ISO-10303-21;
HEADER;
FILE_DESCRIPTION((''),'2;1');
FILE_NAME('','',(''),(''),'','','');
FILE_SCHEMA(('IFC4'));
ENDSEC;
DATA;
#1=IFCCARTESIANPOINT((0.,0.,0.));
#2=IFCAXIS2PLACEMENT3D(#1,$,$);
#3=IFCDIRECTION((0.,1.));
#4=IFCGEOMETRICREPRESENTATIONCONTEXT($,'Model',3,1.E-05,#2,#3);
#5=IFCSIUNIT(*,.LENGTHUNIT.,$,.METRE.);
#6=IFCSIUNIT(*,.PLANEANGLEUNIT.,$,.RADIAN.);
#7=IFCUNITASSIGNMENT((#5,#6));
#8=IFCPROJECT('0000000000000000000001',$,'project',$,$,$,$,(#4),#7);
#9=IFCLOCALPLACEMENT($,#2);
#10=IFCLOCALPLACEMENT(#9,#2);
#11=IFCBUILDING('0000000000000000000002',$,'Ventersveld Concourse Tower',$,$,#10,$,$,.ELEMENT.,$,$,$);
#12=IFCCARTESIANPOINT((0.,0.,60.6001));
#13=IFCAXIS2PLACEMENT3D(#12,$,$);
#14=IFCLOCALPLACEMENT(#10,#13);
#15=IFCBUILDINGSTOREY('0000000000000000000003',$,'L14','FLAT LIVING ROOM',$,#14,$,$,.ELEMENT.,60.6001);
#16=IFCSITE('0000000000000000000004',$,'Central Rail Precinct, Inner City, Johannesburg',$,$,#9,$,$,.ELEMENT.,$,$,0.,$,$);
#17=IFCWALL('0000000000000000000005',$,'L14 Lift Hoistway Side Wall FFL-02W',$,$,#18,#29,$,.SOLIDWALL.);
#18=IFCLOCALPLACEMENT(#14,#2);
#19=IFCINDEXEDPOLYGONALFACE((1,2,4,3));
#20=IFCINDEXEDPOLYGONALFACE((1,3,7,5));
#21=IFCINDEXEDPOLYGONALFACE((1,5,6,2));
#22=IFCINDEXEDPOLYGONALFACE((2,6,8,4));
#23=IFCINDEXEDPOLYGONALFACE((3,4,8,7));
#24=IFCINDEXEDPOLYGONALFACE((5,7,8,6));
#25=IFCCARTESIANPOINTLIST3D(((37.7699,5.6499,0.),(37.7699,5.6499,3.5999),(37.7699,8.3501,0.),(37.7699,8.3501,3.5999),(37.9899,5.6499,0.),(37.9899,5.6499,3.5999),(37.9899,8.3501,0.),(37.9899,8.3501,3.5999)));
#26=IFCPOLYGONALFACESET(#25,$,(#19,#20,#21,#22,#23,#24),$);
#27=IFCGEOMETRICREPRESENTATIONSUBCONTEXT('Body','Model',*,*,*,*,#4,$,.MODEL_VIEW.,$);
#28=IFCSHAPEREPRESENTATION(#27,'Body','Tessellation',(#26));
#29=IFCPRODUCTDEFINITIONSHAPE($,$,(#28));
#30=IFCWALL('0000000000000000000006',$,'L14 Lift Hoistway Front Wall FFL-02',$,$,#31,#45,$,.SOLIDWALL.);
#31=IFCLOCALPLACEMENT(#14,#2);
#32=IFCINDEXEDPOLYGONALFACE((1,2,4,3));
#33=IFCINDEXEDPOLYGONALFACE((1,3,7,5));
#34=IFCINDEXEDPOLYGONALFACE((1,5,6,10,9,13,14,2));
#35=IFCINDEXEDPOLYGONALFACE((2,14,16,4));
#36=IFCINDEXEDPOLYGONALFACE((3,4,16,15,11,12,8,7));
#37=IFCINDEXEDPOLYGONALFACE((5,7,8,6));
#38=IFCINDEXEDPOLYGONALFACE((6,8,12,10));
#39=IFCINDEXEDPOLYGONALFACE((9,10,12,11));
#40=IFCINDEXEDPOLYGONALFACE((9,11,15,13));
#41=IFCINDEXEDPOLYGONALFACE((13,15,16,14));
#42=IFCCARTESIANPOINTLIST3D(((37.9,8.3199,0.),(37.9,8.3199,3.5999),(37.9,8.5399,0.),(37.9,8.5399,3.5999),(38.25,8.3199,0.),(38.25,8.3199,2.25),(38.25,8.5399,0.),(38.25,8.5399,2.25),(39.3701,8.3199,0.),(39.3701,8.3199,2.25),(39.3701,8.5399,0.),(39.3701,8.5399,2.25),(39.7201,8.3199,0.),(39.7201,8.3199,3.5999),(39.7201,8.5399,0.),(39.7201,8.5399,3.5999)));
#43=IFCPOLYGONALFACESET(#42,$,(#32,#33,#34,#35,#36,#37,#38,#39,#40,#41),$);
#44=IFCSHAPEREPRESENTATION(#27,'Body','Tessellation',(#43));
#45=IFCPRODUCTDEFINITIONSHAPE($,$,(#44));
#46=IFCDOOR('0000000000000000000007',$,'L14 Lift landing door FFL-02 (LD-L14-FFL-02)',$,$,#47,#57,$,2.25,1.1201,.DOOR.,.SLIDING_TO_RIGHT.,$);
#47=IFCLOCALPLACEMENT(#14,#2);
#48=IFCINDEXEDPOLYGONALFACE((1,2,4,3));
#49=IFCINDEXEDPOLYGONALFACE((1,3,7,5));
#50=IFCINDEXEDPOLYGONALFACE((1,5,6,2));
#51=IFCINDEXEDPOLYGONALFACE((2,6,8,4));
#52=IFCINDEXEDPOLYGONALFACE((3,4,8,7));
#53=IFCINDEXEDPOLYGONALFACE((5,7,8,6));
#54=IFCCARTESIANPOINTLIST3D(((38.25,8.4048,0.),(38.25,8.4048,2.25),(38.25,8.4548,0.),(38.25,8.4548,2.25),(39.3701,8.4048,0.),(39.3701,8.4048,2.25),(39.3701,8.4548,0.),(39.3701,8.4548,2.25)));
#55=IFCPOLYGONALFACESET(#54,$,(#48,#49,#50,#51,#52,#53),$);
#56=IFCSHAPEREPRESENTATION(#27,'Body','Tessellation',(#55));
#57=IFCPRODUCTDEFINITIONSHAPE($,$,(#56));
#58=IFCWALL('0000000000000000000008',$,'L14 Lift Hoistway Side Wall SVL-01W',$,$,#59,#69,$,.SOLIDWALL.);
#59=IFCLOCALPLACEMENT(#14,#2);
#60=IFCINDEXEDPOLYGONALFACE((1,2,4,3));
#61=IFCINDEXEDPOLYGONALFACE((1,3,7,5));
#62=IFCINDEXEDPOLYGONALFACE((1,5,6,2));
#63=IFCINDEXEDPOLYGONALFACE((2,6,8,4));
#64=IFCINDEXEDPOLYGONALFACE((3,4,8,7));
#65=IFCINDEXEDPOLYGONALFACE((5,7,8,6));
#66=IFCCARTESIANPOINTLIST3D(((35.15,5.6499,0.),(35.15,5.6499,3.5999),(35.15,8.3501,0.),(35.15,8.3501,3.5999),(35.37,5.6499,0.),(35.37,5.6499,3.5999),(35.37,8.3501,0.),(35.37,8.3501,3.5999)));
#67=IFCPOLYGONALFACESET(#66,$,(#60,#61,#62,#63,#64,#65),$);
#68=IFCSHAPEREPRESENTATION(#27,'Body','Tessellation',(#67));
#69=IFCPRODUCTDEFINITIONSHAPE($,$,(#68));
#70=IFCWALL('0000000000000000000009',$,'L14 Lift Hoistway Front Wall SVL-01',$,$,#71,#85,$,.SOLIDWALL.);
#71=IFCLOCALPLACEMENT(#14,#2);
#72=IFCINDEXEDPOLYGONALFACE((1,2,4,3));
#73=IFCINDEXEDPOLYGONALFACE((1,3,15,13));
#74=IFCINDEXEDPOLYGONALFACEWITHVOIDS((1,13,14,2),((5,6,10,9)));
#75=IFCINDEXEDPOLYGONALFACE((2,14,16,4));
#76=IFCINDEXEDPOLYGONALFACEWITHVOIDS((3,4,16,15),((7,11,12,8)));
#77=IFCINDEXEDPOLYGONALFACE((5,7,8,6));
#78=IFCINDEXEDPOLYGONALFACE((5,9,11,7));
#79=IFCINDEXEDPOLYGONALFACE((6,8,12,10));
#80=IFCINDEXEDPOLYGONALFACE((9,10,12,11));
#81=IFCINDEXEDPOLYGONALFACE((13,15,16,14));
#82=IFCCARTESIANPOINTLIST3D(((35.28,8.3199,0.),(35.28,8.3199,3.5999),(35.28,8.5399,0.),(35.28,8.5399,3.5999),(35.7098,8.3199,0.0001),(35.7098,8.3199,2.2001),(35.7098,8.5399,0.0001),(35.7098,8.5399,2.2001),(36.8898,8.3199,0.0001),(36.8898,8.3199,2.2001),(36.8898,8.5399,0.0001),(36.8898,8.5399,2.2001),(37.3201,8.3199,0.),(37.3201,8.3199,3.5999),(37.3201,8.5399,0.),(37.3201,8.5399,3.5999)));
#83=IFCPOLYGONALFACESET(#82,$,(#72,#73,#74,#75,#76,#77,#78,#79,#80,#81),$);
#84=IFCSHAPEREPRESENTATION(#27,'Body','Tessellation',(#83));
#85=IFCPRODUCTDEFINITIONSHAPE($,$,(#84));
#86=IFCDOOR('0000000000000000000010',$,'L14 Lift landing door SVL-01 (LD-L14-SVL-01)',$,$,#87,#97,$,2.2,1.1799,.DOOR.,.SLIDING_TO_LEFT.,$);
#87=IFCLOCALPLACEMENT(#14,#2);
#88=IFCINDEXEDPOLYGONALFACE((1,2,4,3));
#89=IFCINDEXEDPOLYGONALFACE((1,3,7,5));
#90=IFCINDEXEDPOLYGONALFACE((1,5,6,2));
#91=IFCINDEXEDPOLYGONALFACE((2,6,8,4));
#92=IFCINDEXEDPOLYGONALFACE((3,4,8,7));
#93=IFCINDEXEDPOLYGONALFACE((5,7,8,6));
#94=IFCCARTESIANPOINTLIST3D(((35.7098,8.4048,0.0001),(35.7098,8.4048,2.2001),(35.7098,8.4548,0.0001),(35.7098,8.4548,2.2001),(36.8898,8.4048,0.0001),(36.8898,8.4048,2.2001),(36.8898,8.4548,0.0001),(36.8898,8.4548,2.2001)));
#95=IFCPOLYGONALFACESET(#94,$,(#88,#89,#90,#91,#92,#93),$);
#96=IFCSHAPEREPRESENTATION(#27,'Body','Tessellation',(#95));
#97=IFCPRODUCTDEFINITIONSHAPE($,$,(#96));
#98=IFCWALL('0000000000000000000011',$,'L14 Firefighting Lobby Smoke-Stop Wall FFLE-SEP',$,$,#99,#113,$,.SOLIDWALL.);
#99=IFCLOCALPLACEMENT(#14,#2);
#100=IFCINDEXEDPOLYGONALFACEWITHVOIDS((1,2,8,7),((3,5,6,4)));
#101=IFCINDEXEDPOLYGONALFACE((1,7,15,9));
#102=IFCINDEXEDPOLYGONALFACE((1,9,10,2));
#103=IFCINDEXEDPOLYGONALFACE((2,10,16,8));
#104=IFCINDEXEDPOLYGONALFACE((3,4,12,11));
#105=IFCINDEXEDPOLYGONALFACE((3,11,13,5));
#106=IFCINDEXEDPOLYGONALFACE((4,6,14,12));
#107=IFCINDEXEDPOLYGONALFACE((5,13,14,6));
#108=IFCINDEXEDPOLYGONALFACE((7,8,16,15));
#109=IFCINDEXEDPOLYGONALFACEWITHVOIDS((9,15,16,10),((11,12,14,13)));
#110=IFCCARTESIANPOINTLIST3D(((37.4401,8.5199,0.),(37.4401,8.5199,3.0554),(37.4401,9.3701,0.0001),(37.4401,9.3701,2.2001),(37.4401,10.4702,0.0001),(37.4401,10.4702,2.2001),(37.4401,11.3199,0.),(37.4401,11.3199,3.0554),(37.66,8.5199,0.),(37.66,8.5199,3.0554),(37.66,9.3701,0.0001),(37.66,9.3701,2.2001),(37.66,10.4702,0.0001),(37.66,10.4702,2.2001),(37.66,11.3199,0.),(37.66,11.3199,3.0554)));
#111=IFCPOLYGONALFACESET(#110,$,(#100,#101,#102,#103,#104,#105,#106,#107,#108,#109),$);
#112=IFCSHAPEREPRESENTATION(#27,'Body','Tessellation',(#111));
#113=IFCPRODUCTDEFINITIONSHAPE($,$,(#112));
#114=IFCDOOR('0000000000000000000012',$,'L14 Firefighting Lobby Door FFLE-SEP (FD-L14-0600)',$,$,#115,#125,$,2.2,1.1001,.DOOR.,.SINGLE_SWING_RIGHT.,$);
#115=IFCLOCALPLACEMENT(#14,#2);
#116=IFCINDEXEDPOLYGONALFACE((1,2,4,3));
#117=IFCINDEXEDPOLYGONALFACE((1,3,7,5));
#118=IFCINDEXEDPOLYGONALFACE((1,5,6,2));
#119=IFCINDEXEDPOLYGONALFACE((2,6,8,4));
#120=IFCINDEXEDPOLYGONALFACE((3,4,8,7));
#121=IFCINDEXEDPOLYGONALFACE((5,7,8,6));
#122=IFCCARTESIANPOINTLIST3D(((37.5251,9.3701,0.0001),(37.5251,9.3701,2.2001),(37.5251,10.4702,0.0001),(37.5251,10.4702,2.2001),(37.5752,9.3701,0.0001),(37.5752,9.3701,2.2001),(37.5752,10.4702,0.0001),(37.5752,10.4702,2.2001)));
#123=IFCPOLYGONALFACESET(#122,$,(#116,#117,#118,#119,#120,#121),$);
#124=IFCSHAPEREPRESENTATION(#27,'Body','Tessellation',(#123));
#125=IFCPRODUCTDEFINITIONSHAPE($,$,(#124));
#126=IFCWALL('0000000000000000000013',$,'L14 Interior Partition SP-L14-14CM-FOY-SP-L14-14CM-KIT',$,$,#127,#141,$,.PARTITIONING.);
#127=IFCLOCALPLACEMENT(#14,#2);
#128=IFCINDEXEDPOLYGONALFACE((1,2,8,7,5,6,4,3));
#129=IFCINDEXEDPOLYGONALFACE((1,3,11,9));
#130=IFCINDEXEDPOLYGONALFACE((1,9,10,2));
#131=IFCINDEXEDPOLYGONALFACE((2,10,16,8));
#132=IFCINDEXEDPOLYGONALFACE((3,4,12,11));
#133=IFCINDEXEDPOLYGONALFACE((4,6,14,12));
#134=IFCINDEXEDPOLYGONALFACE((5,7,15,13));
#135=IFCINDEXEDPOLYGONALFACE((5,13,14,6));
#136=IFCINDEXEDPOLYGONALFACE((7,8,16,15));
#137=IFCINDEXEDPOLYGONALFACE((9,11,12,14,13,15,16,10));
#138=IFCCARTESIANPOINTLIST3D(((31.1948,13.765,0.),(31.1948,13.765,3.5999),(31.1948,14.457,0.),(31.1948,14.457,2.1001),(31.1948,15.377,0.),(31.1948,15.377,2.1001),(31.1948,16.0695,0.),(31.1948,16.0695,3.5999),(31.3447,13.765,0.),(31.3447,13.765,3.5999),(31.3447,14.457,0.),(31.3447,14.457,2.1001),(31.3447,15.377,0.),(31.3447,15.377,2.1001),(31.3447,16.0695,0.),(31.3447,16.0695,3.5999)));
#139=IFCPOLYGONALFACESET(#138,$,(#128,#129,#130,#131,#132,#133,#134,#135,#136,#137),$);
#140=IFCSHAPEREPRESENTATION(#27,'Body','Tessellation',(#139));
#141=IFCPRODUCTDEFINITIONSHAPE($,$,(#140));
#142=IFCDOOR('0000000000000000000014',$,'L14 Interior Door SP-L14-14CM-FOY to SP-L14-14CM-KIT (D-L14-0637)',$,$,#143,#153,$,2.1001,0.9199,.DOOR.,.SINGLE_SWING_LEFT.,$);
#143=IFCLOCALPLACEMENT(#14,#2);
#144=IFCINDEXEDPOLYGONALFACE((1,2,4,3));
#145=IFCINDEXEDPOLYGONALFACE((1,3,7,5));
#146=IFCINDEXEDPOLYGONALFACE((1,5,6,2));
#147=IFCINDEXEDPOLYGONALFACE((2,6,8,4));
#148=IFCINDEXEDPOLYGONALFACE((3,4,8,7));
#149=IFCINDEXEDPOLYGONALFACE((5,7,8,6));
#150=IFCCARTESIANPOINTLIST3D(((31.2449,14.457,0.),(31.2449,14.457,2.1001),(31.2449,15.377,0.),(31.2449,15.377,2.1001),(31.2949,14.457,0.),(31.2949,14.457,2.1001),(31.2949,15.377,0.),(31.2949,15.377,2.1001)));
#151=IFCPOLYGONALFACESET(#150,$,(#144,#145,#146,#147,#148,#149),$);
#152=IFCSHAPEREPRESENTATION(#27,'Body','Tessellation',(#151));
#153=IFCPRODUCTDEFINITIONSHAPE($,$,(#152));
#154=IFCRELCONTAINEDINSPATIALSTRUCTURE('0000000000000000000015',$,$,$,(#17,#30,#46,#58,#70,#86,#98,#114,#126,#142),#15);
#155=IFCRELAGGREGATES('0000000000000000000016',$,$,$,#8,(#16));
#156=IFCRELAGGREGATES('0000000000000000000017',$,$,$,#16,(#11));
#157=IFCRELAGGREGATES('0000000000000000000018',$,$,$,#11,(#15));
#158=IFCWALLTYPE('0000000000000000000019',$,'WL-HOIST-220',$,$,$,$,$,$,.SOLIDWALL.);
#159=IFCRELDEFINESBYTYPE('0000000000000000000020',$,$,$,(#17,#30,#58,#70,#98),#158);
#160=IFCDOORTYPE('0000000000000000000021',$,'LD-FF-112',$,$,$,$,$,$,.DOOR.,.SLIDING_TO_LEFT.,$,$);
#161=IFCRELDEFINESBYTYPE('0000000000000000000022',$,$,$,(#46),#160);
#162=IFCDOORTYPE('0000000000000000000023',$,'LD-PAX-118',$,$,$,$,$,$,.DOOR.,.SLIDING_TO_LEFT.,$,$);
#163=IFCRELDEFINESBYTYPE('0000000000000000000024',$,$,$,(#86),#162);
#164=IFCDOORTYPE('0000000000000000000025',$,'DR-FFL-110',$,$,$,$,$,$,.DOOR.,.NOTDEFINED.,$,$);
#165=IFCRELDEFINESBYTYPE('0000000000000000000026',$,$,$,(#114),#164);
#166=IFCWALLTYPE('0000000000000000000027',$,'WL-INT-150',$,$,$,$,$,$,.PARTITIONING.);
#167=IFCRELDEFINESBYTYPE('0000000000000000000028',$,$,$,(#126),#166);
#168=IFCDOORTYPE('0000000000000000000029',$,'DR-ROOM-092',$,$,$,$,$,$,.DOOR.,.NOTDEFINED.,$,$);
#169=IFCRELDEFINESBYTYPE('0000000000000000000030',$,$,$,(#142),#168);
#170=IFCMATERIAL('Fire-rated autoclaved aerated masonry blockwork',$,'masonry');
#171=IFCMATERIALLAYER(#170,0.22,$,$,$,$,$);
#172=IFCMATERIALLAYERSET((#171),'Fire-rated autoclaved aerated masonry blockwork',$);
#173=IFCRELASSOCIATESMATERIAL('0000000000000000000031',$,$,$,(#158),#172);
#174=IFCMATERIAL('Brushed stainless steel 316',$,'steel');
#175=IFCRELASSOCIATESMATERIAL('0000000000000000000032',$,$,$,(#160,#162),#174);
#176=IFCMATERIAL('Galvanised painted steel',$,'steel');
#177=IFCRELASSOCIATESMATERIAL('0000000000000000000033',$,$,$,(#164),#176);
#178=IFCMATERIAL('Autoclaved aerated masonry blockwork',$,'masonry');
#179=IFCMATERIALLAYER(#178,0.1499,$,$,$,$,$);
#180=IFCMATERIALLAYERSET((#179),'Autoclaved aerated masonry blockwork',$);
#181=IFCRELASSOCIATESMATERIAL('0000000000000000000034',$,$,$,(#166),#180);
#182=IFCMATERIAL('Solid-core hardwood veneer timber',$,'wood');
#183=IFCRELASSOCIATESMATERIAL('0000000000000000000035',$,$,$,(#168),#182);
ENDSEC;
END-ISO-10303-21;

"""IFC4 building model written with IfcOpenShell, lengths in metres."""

from ifc_helpers import new_model, si_unit, direction, frame, frame_2d, origin, place, context, subcontext, project, spatial, rectangle, extrude, material, layer, layer_set, type_object, element, fill, save


model = new_model("IFC4")

# Units and contexts
model_context = context("Model", 3, precision=1e-05, world=origin(), true_north=direction((0.0, 1.0)))
body_context = subcontext(model_context, "Body", "Model", "MODEL_VIEW")
ifc_project = project(units=[si_unit("LENGTHUNIT", "METRE"), si_unit("PLANEANGLEUNIT", "RADIAN")], contexts=[model_context])

# Site, building, storey
site_placement = place(None, origin())
site = spatial("IfcSite", under=ifc_project, at=site_placement, Name="Central Rail Precinct, Inner City, Johannesburg", CompositionType="ELEMENT", RefElevation=0.0)
building_placement = place(site_placement, origin())
building = spatial("IfcBuilding", under=site, at=building_placement, Name="Ventersveld Concourse Tower", CompositionType="ELEMENT")
storey_placement = place(building_placement, frame((0.0, 0.0, 60.6001)))
storey = spatial("IfcBuildingStorey", under=building, at=storey_placement, Name="L14", Description="FLAT LIVING ROOM", CompositionType="ELEMENT", Elevation=60.6001)

# Wall
ifc_material_1 = material(Name="Fire-rated autoclaved aerated masonry blockwork", Category="masonry")
ifc_layer_1 = layer(ifc_material_1, 0.22)
ifc_layer_set_1 = layer_set([ifc_layer_1], Name="Fire-rated autoclaved aerated masonry blockwork")
wall_type_1 = type_object("IfcWallType", Name="WL-HOIST-220", PredefinedType="SOLIDWALL", material=ifc_layer_set_1)
wall_1_placement = place(storey_placement, frame((37.8799, 5.6499, 0.0), z_axis=(0.0, 0.0, 1.0), x_axis=(0.0, 1.0, 0.0)))
element("IfcWall", 1, at=wall_1_placement, inside=storey, type_object=wall_type_1, Name="L14 Lift Hoistway Side Wall FFL-02W", PredefinedType="SOLIDWALL", context=body_context, shape_type="SweptSolid", body=[
    extrude(rectangle(XDim=2.7002, YDim=0.22, at=frame_2d((1.3501, 0.0))), origin(), (0.0, 0.0, 1.0), 3.5999),
])

# Wall, opening, door
wall_2_placement = place(storey_placement, frame((37.8999, 8.4299, 0.0), z_axis=(0.0, 0.0, 1.0), x_axis=(1.0, 0.0, 0.0)))
wall_2 = element("IfcWall", 2, at=wall_2_placement, inside=storey, type_object=wall_type_1, Name="L14 Lift Hoistway Front Wall FFL-02", PredefinedType="SOLIDWALL", context=body_context, shape_type="SweptSolid", body=[
    extrude(rectangle(XDim=1.8201, YDim=0.22, at=frame_2d((0.9102, 0.0))), origin(), (0.0, 0.0, 1.0), 3.5999),
])
opening_1_placement = place(wall_2_placement, frame((0.3501, 0.0, 0.0)))
opening_1 = element("IfcOpeningElement", 3, at=opening_1_placement, cuts=wall_2, PredefinedType="OPENING", context=body_context, shape_type="SweptSolid", body=[
    extrude(rectangle(XDim=1.1201, YDim=2.25, at=frame_2d((0.5601, 1.125))), frame((0.0, 0.1201, 0.0), z_axis=(0.0, -1.0, 0.0), x_axis=(1.0, 0.0, 0.0)), (0.0, 0.0, 1.0), 0.24),
])
ifc_material_2 = material(Name="Brushed stainless steel 316", Category="steel")
door_type_1 = type_object("IfcDoorType", Name="LD-FF-112", OperationType="SLIDING_TO_LEFT", PredefinedType="DOOR", material=ifc_material_2)
door_1_placement = place(opening_1_placement, origin())
door_1 = element("IfcDoor", 4, at=door_1_placement, inside=storey, type_object=door_type_1, Name="L14 Lift landing door FFL-02 (LD-L14-FFL-02)", OperationType="SLIDING_TO_RIGHT", OverallHeight=2.25, OverallWidth=1.1201, PredefinedType="DOOR", context=body_context, shape_type="SweptSolid", body=[
    extrude(rectangle(XDim=1.1201, YDim=2.25, at=frame_2d((0.5601, 1.125))), frame((0.0, 0.0249, 0.0), z_axis=(0.0, -1.0, 0.0), x_axis=(1.0, 0.0, 0.0)), (0.0, 0.0, 1.0), 0.05),
])
fill(opening_1, door_1)

# Wall
wall_3_placement = place(storey_placement, frame((35.26, 5.6499, 0.0), z_axis=(0.0, 0.0, 1.0), x_axis=(0.0, 1.0, 0.0)))
element("IfcWall", 5, at=wall_3_placement, inside=storey, type_object=wall_type_1, Name="L14 Lift Hoistway Side Wall SVL-01W", PredefinedType="SOLIDWALL", context=body_context, shape_type="SweptSolid", body=[
    extrude(rectangle(XDim=2.7002, YDim=0.22, at=frame_2d((1.3501, 0.0))), origin(), (0.0, 0.0, 1.0), 3.5999),
])

# Walls, openings, doors
wall_4_placement = place(storey_placement, frame((35.28, 8.4299, 0.0), z_axis=(0.0, 0.0, 1.0), x_axis=(1.0, 0.0, 0.0)))
wall_4 = element("IfcWall", 6, at=wall_4_placement, inside=storey, type_object=wall_type_1, Name="L14 Lift Hoistway Front Wall SVL-01", PredefinedType="SOLIDWALL", context=body_context, shape_type="SweptSolid", body=[
    extrude(rectangle(XDim=2.04, YDim=0.22, at=frame_2d((1.02, 0.0))), origin(), (0.0, 0.0, 1.0), 3.5999),
])
opening_2_placement = place(wall_4_placement, frame((0.4299, 0.0, 0.0)))
opening_2 = element("IfcOpeningElement", 7, at=opening_2_placement, cuts=wall_4, PredefinedType="OPENING", context=body_context, shape_type="SweptSolid", body=[
    extrude(rectangle(XDim=1.1799, YDim=2.2, at=frame_2d((0.5898, 1.1001))), frame((0.0, 0.1201, 0.0), z_axis=(0.0, -1.0, 0.0), x_axis=(1.0, 0.0, 0.0)), (0.0, 0.0, 1.0), 0.24),
])
door_type_2 = type_object("IfcDoorType", Name="LD-PAX-118", OperationType="SLIDING_TO_LEFT", PredefinedType="DOOR", material=ifc_material_2)
door_2_placement = place(opening_2_placement, origin())
door_2 = element("IfcDoor", 8, at=door_2_placement, inside=storey, type_object=door_type_2, Name="L14 Lift landing door SVL-01 (LD-L14-SVL-01)", OperationType="SLIDING_TO_LEFT", OverallHeight=2.2, OverallWidth=1.1799, PredefinedType="DOOR", context=body_context, shape_type="SweptSolid", body=[
    extrude(rectangle(XDim=1.1799, YDim=2.2, at=frame_2d((0.5898, 1.1001))), frame((0.0, 0.0249, 0.0), z_axis=(0.0, -1.0, 0.0), x_axis=(1.0, 0.0, 0.0)), (0.0, 0.0, 1.0), 0.05),
])
fill(opening_2, door_2)
wall_5_placement = place(storey_placement, frame((37.55, 8.52, 0.0), z_axis=(0.0, 0.0, 1.0), x_axis=(0.0, 1.0, 0.0)))
wall_5 = element("IfcWall", 9, at=wall_5_placement, inside=storey, type_object=wall_type_1, Name="L14 Firefighting Lobby Smoke-Stop Wall FFLE-SEP", PredefinedType="SOLIDWALL", context=body_context, shape_type="SweptSolid", body=[
    extrude(rectangle(XDim=2.8, YDim=0.22, at=frame_2d((1.3999, 0.0))), origin(), (0.0, 0.0, 1.0), 3.0554),
])
opening_3_placement = place(wall_5_placement, frame((0.8501, 0.0, 0.0)))
opening_3 = element("IfcOpeningElement", 10, at=opening_3_placement, cuts=wall_5, PredefinedType="OPENING", context=body_context, shape_type="SweptSolid", body=[
    extrude(rectangle(XDim=1.1001, YDim=2.2, at=frame_2d((0.55, 1.1001))), frame((0.0, 0.1201, 0.0), z_axis=(0.0, -1.0, 0.0), x_axis=(1.0, 0.0, 0.0)), (0.0, 0.0, 1.0), 0.24),
])
ifc_material_3 = material(Name="Galvanised painted steel", Category="steel")
door_type_3 = type_object("IfcDoorType", Name="DR-FFL-110", OperationType="NOTDEFINED", PredefinedType="DOOR", material=ifc_material_3)
door_3_placement = place(opening_3_placement, origin())
door_3 = element("IfcDoor", 11, at=door_3_placement, inside=storey, type_object=door_type_3, Name="L14 Firefighting Lobby Door FFLE-SEP (FD-L14-0600)", OperationType="SINGLE_SWING_RIGHT", OverallHeight=2.2, OverallWidth=1.1001, PredefinedType="DOOR", context=body_context, shape_type="SweptSolid", body=[
    extrude(rectangle(XDim=1.1001, YDim=2.2, at=frame_2d((0.55, 1.1001))), frame((0.0, 0.0249, 0.0), z_axis=(0.0, -1.0, 0.0), x_axis=(1.0, 0.0, 0.0)), (0.0, 0.0, 1.0), 0.05),
])
fill(opening_3, door_3)
ifc_material_4 = material(Name="Autoclaved aerated masonry blockwork", Category="masonry")
ifc_layer_2 = layer(ifc_material_4, 0.1499)
ifc_layer_set_2 = layer_set([ifc_layer_2], Name="Autoclaved aerated masonry blockwork")
wall_type_2 = type_object("IfcWallType", Name="WL-INT-150", PredefinedType="PARTITIONING", material=ifc_layer_set_2)
wall_6_placement = place(storey_placement, frame((31.2698, 13.7649, 0.0), z_axis=(0.0, 0.0, 1.0), x_axis=(0.0, 1.0, 0.0)))
wall_6 = element("IfcWall", 12, at=wall_6_placement, inside=storey, type_object=wall_type_2, Name="L14 Interior Partition SP-L14-14CM-FOY-SP-L14-14CM-KIT", PredefinedType="PARTITIONING", context=body_context, shape_type="SweptSolid", body=[
    extrude(rectangle(XDim=2.3044, YDim=0.1499, at=frame_2d((1.1523, 0.0))), origin(), (0.0, 0.0, 1.0), 3.5999),
])
opening_4_placement = place(wall_6_placement, frame((0.6921, 0.0, 0.0)))
opening_4 = element("IfcOpeningElement", 13, at=opening_4_placement, cuts=wall_6, PredefinedType="OPENING", context=body_context, shape_type="SweptSolid", body=[
    extrude(rectangle(XDim=0.9199, YDim=2.1001, at=frame_2d((0.46, 1.05))), frame((0.0, 0.085, 0.0), z_axis=(0.0, -1.0, 0.0), x_axis=(1.0, 0.0, 0.0)), (0.0, 0.0, 1.0), 0.1699),
])
ifc_material_5 = material(Name="Solid-core hardwood veneer timber", Category="wood")
door_type_4 = type_object("IfcDoorType", Name="DR-ROOM-092", OperationType="NOTDEFINED", PredefinedType="DOOR", material=ifc_material_5)
door_4_placement = place(opening_4_placement, origin())
door_4 = element("IfcDoor", 14, at=door_4_placement, inside=storey, type_object=door_type_4, Name="L14 Interior Door SP-L14-14CM-FOY to SP-L14-14CM-KIT (D-L14-0637)", OperationType="SINGLE_SWING_LEFT", OverallHeight=2.1001, OverallWidth=0.9199, PredefinedType="DOOR", context=body_context, shape_type="SweptSolid", body=[
    extrude(rectangle(XDim=0.9199, YDim=2.1001, at=frame_2d((0.46, 1.05))), frame((0.0, 0.0249, 0.0), z_axis=(0.0, -1.0, 0.0), x_axis=(1.0, 0.0, 0.0)), (0.0, 0.0, 1.0), 0.05),
])
fill(opening_4, door_4)

save(model, "model.ifc")
